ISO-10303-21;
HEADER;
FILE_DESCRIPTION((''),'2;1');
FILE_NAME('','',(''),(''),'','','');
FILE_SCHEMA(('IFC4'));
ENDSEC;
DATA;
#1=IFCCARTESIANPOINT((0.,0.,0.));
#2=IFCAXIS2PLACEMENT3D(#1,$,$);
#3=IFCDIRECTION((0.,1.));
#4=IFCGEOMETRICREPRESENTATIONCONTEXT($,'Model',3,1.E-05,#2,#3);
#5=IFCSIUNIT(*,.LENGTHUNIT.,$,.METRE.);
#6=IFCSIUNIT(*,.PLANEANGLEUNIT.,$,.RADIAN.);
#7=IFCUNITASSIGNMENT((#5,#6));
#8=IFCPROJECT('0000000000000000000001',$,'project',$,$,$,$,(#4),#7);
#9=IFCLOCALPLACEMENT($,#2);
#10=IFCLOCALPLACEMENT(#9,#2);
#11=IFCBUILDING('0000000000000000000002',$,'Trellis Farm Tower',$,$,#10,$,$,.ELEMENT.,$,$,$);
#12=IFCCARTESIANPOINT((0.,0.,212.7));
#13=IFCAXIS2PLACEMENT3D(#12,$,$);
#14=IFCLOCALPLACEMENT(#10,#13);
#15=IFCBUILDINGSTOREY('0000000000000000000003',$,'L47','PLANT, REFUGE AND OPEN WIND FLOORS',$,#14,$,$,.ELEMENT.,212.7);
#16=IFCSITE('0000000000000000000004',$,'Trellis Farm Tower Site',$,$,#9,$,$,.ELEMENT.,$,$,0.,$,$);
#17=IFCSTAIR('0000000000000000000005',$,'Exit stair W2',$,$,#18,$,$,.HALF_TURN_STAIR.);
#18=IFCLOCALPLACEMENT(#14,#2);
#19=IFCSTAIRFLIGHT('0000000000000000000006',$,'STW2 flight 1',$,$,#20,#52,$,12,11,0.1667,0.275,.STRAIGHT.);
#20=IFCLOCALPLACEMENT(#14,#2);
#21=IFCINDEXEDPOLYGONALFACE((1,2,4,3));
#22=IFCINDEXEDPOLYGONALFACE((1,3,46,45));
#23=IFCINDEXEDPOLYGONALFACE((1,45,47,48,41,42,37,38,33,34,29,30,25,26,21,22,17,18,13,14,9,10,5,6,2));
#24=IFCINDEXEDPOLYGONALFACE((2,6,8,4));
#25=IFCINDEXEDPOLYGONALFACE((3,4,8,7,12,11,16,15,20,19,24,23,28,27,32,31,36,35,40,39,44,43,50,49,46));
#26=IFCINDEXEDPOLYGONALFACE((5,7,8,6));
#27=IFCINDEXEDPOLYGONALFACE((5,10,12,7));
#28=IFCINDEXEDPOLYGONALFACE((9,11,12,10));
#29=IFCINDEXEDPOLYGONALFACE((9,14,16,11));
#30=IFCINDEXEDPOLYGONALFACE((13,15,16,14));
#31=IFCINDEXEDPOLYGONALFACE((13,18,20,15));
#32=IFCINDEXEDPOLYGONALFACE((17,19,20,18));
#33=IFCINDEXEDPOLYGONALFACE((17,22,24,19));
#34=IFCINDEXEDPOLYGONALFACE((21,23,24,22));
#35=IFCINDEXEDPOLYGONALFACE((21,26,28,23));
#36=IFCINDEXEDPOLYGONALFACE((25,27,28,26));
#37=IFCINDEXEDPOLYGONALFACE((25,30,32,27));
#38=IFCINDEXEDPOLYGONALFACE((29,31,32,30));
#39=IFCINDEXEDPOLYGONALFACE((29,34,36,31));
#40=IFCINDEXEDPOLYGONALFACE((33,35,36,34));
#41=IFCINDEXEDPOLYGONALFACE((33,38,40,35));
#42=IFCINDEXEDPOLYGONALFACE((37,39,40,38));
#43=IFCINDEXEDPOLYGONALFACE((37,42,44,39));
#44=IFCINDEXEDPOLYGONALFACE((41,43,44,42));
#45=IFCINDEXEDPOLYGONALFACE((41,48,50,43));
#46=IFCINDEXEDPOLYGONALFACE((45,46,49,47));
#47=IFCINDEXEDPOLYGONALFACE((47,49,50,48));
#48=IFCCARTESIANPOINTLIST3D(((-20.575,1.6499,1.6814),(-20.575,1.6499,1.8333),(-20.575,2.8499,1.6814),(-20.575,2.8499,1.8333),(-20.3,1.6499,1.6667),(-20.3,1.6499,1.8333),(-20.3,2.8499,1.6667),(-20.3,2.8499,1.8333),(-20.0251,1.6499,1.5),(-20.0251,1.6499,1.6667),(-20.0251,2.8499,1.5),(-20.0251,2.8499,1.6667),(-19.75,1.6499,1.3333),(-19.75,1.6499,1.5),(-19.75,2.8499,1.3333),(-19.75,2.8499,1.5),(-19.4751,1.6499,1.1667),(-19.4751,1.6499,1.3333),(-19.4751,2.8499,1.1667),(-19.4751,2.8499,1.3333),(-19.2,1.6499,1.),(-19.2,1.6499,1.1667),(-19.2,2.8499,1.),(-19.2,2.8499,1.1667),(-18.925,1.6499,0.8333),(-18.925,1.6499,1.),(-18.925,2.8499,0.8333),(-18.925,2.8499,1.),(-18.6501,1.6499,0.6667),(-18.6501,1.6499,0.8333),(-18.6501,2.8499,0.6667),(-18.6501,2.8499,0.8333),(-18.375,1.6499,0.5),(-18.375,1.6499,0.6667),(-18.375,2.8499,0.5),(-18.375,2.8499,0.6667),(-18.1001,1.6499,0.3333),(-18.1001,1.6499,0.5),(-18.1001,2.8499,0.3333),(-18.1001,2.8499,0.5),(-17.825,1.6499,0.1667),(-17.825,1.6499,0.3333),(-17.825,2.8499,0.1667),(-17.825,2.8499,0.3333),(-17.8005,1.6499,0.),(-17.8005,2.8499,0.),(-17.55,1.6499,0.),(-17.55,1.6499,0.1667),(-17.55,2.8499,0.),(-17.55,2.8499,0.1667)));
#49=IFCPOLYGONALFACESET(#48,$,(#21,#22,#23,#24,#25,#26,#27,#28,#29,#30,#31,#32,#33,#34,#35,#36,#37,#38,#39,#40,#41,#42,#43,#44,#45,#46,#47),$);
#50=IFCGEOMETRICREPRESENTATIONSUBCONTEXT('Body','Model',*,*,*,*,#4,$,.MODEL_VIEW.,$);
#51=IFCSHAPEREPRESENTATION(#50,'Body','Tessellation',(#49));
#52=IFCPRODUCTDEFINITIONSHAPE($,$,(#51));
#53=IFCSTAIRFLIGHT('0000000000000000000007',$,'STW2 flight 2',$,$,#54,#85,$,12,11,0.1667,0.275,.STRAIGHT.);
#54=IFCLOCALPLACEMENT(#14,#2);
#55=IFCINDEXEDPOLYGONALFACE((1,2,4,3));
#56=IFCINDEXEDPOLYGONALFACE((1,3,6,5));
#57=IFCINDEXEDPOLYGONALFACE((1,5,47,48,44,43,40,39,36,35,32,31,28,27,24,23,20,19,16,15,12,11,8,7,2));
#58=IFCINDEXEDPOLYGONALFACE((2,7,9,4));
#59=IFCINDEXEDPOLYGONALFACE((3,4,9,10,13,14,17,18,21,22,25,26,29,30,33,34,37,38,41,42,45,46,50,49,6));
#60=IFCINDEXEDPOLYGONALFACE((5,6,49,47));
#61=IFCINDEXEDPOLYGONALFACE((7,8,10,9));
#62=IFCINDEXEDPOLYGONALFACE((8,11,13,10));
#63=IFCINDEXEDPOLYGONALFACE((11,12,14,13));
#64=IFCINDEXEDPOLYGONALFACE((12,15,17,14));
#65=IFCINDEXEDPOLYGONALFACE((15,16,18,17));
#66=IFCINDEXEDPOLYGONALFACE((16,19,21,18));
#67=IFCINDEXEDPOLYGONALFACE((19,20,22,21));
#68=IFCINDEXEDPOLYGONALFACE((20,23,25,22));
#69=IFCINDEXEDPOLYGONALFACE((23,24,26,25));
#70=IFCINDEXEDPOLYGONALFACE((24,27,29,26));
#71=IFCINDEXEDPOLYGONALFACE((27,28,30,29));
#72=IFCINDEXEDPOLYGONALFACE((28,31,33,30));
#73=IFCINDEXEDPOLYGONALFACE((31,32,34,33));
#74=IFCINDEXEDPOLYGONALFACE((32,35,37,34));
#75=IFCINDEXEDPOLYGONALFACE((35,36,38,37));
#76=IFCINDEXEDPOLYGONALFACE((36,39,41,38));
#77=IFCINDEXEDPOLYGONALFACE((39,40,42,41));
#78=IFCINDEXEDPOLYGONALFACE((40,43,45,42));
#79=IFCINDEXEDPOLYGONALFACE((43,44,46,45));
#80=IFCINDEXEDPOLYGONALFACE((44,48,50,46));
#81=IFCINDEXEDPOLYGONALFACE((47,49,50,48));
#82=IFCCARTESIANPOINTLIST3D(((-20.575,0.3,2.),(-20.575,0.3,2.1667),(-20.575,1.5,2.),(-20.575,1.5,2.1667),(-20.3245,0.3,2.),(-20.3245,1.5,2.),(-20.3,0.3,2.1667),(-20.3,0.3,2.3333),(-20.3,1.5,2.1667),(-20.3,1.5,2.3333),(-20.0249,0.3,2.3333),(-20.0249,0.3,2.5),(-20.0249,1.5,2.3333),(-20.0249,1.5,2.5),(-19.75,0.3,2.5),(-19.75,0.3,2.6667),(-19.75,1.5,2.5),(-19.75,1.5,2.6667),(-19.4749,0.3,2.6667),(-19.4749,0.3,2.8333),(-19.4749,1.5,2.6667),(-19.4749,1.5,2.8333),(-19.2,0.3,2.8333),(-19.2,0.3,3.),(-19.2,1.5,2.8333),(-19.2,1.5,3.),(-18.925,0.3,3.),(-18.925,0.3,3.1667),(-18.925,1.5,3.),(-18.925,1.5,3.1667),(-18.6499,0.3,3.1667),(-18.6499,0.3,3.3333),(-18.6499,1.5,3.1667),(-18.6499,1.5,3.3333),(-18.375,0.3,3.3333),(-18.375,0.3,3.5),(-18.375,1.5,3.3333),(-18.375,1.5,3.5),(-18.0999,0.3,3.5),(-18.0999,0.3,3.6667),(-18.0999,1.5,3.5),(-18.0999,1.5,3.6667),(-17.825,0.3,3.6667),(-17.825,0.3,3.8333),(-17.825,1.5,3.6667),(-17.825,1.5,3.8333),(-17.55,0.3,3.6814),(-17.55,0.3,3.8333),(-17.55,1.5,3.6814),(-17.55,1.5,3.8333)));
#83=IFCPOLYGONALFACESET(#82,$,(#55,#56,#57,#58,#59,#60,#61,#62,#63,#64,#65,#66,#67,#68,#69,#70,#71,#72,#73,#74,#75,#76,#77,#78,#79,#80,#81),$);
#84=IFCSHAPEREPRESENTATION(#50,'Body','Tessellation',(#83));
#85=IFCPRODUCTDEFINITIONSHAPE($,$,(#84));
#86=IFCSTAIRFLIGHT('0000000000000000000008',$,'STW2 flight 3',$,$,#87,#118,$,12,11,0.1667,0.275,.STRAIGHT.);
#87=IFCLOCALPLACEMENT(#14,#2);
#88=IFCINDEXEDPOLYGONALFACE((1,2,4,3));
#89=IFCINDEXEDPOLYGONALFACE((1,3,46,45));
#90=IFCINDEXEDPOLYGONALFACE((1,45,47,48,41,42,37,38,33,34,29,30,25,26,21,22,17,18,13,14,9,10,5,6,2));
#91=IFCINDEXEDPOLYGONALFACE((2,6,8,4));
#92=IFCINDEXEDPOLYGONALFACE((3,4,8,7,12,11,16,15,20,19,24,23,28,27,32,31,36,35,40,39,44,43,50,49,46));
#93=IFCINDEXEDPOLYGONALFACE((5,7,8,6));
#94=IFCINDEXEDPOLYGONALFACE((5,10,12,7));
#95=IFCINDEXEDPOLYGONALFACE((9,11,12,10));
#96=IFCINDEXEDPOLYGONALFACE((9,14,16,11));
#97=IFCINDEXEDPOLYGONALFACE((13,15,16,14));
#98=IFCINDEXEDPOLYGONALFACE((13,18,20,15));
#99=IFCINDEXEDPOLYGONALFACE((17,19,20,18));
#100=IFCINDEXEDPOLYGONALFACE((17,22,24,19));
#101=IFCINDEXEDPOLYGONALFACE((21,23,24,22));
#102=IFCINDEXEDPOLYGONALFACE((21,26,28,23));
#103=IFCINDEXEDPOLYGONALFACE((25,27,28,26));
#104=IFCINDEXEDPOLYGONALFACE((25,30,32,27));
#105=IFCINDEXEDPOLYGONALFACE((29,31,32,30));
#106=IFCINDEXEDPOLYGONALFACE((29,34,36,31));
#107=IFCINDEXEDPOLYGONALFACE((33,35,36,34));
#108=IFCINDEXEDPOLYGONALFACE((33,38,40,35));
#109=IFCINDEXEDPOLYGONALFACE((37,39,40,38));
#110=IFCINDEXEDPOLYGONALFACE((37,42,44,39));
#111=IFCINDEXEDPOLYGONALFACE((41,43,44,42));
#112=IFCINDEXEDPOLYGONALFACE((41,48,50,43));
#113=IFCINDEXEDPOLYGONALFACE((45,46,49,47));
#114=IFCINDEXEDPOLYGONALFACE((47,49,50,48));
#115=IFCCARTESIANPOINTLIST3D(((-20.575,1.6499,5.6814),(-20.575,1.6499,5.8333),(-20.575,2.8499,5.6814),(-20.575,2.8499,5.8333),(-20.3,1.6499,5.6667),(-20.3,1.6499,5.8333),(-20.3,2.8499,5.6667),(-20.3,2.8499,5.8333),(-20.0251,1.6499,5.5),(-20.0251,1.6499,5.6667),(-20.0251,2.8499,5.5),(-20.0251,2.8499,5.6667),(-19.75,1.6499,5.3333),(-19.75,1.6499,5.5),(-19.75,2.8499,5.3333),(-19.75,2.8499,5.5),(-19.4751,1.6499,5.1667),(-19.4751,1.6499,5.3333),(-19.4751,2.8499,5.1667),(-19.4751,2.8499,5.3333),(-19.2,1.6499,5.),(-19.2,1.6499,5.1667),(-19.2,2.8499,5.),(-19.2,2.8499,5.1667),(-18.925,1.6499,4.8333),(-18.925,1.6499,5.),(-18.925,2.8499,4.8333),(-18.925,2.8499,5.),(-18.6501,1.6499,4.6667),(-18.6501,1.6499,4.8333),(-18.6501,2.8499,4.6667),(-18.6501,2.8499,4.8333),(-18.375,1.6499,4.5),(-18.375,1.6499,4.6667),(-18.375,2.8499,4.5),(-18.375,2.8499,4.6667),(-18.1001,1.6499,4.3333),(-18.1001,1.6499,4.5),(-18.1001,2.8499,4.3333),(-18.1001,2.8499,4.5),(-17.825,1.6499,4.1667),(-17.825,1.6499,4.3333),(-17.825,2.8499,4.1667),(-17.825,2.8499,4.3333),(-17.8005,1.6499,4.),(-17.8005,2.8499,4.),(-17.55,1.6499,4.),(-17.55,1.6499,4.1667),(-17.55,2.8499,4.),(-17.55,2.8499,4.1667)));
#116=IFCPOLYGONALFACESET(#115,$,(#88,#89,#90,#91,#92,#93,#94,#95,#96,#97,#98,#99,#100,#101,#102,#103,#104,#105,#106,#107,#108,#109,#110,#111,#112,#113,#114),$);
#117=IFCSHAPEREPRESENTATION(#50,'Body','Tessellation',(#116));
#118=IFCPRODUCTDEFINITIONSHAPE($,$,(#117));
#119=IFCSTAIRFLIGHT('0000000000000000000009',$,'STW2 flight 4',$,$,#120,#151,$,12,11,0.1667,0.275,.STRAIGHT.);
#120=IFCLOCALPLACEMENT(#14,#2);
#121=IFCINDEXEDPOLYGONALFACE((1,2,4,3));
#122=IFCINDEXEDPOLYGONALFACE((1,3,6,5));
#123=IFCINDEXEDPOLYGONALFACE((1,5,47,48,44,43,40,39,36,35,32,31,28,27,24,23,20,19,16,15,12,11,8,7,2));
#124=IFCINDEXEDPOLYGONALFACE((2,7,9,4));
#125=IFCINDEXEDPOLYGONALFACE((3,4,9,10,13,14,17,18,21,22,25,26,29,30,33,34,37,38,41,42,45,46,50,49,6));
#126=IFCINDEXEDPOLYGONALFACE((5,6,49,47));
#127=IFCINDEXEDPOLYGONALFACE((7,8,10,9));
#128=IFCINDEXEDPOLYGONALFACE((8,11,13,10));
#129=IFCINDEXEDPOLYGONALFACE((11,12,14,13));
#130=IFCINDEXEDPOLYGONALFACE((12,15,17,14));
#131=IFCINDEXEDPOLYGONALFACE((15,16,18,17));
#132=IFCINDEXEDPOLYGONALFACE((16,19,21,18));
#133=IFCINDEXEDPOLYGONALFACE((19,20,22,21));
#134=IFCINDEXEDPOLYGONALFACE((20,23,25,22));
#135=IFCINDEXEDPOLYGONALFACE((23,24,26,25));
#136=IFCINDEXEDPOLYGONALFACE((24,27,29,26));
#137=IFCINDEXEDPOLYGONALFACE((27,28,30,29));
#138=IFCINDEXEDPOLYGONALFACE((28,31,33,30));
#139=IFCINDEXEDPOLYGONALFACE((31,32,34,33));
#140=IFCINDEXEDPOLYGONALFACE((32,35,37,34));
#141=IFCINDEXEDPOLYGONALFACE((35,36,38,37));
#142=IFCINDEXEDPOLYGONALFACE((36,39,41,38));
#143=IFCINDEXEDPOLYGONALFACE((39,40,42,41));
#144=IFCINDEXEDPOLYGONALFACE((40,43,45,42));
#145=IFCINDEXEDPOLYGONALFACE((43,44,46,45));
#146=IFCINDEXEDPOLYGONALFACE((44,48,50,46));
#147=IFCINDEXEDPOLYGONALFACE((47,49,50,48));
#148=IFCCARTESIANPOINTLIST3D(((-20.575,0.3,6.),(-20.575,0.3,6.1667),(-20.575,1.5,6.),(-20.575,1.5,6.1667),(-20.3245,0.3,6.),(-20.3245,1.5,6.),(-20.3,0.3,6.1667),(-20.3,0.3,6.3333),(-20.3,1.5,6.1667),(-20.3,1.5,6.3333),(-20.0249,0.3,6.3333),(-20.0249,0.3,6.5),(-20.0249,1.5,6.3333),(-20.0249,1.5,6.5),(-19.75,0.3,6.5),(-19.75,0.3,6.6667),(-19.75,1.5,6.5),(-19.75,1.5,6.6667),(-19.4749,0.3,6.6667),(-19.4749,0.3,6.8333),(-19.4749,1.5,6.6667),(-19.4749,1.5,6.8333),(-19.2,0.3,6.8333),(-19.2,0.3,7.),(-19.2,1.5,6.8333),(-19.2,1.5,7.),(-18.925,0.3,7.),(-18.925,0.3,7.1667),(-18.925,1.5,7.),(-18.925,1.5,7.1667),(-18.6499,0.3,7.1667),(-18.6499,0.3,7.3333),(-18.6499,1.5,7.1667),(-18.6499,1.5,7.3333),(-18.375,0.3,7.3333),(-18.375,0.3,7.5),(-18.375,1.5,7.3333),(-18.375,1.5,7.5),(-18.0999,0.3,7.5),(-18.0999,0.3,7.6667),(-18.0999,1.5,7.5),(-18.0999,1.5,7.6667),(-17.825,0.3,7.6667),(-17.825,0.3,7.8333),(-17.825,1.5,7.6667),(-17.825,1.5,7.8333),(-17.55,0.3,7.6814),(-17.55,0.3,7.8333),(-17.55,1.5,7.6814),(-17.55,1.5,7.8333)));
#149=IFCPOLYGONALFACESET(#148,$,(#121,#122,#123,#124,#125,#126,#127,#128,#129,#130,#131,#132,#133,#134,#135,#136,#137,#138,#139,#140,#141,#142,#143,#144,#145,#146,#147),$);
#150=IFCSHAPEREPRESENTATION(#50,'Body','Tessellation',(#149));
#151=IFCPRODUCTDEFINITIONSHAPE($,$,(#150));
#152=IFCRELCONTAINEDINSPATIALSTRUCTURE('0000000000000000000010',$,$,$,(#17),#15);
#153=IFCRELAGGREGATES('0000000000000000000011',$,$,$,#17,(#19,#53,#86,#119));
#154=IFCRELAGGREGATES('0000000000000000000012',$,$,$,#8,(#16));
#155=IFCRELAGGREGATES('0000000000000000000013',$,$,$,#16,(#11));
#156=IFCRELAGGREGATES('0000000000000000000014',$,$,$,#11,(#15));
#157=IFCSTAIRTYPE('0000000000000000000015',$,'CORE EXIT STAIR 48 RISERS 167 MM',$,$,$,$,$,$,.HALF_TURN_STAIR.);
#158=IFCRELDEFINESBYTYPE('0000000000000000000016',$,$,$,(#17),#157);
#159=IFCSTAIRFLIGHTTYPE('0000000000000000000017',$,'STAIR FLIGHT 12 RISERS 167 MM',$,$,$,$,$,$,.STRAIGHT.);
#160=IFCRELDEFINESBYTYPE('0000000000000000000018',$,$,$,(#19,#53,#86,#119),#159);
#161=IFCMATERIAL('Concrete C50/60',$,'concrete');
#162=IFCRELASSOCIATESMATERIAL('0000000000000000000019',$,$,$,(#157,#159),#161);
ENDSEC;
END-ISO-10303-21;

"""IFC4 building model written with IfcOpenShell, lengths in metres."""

from ifc_helpers import new_model, si_unit, direction, frame, origin, place, context, subcontext, project, spatial, polyline, outline, extrude, source, transform, mapped, material, type_object, element, aggregate, save


model = new_model("IFC4")

# Units and contexts
model_context = context("Model", 3, precision=1e-05, world=origin(), true_north=direction((0.0, 1.0)))
body_context = subcontext(model_context, "Body", "Model", "MODEL_VIEW")
ifc_project = project(units=[si_unit("LENGTHUNIT", "METRE"), si_unit("PLANEANGLEUNIT", "RADIAN")], contexts=[model_context])

# Site, building, storey
site_placement = place(None, origin())
site = spatial("IfcSite", under=ifc_project, at=site_placement, Name="Trellis Farm Tower Site", CompositionType="ELEMENT", RefElevation=0.0)
building_placement = place(site_placement, origin())
building = spatial("IfcBuilding", under=site, at=building_placement, Name="Trellis Farm Tower", CompositionType="ELEMENT")
storey_placement = place(building_placement, frame((0.0, 0.0, 212.7)))
storey = spatial("IfcBuildingStorey", under=building, at=storey_placement, Name="L47", Description="PLANT, REFUGE AND OPEN WIND FLOORS", CompositionType="ELEMENT", Elevation=212.7)

# Stair, stair flights
ifc_material_1 = material(Name="Concrete C50/60", Category="concrete")
stair_type = type_object("IfcStairType", Name="CORE EXIT STAIR 48 RISERS 167 MM", PredefinedType="HALF_TURN_STAIR", material=ifc_material_1)
placement = place(storey_placement, origin())
stair_flight_type = type_object("IfcStairFlightType", Name="STAIR FLIGHT 12 RISERS 167 MM", PredefinedType="STRAIGHT", material=ifc_material_1)
shared_shape_1 = source(origin(), body_context, "Body", "SweptSolid", [
    extrude(outline(polyline([(0.0, 0.0), (0.0, 0.1667), (0.2749, 0.1667), (0.2749, 0.3333), (0.55, 0.3333), (0.55, 0.5), (0.825, 0.5), (0.825, 0.6667), (1.1001, 0.6667), (1.1001, 0.8333), (1.375, 0.8333), (1.375, 1.0), (1.6499, 1.0), (1.6499, 1.1667), (1.925, 1.1667), (1.925, 1.3333), (2.2, 1.3333), (2.2, 1.5), (2.4751, 1.5), (2.4751, 1.6667), (2.75, 1.6667), (2.75, 1.8333), (3.0249, 1.8333), (3.0249, 2.0), (3.0249, 1.6814), (0.2505, 0.0), (0.0, 0.0)])), frame((0.0, 0.6001, 0.0), z_axis=(0.0, -1.0, 0.0), x_axis=(1.0, 0.0, 0.0)), (0.0, 0.0, 1.0), 1.2),
])
stair_1 = element("IfcStair", 1, at=placement, inside=storey, type_object=stair_type, Name="Exit stair W2", PredefinedType="HALF_TURN_STAIR")
stair_flight_1_placement = place(storey_placement, frame((-17.55, 2.25, 0.0), z_axis=(0.0, 0.0, 1.0), x_axis=(-1.0, 0.0, 0.0)))
stair_flight_1 = element("IfcStairFlight", 2, at=stair_flight_1_placement, type_object=stair_flight_type, Name="STW2 flight 1", NumberOfRisers=12, NumberOfTreads=11, PredefinedType="STRAIGHT", RiserHeight=0.1667, TreadLength=0.275, context=body_context, shape_type="MappedRepresentation", body=[
    mapped(shared_shape_1, transform((0.0, 0.0, 0.0))),
])
stair_flight_2_placement = place(storey_placement, frame((-20.575, 0.8999, 2.0), z_axis=(0.0, 0.0, 1.0), x_axis=(1.0, 0.0, 0.0)))
stair_flight_2 = element("IfcStairFlight", 3, at=stair_flight_2_placement, type_object=stair_flight_type, Name="STW2 flight 2", NumberOfRisers=12, NumberOfTreads=11, PredefinedType="STRAIGHT", RiserHeight=0.1667, TreadLength=0.275, context=body_context, shape_type="MappedRepresentation", body=[
    mapped(shared_shape_1, transform((0.0, 0.0, 0.0))),
])
stair_flight_3_placement = place(storey_placement, frame((-17.55, 2.25, 4.0), z_axis=(0.0, 0.0, 1.0), x_axis=(-1.0, 0.0, 0.0)))
stair_flight_3 = element("IfcStairFlight", 4, at=stair_flight_3_placement, type_object=stair_flight_type, Name="STW2 flight 3", NumberOfRisers=12, NumberOfTreads=11, PredefinedType="STRAIGHT", RiserHeight=0.1667, TreadLength=0.275, context=body_context, shape_type="MappedRepresentation", body=[
    mapped(shared_shape_1, transform((0.0, 0.0, 0.0))),
])
stair_flight_4_placement = place(storey_placement, frame((-20.575, 0.8999, 6.0), z_axis=(0.0, 0.0, 1.0), x_axis=(1.0, 0.0, 0.0)))
stair_flight_4 = element("IfcStairFlight", 5, at=stair_flight_4_placement, type_object=stair_flight_type, Name="STW2 flight 4", NumberOfRisers=12, NumberOfTreads=11, PredefinedType="STRAIGHT", RiserHeight=0.1667, TreadLength=0.275, context=body_context, shape_type="MappedRepresentation", body=[
    mapped(shared_shape_1, transform((0.0, 0.0, 0.0))),
])
aggregate(stair_1, [stair_flight_1, stair_flight_2, stair_flight_3, stair_flight_4])

save(model, "model.ifc")
